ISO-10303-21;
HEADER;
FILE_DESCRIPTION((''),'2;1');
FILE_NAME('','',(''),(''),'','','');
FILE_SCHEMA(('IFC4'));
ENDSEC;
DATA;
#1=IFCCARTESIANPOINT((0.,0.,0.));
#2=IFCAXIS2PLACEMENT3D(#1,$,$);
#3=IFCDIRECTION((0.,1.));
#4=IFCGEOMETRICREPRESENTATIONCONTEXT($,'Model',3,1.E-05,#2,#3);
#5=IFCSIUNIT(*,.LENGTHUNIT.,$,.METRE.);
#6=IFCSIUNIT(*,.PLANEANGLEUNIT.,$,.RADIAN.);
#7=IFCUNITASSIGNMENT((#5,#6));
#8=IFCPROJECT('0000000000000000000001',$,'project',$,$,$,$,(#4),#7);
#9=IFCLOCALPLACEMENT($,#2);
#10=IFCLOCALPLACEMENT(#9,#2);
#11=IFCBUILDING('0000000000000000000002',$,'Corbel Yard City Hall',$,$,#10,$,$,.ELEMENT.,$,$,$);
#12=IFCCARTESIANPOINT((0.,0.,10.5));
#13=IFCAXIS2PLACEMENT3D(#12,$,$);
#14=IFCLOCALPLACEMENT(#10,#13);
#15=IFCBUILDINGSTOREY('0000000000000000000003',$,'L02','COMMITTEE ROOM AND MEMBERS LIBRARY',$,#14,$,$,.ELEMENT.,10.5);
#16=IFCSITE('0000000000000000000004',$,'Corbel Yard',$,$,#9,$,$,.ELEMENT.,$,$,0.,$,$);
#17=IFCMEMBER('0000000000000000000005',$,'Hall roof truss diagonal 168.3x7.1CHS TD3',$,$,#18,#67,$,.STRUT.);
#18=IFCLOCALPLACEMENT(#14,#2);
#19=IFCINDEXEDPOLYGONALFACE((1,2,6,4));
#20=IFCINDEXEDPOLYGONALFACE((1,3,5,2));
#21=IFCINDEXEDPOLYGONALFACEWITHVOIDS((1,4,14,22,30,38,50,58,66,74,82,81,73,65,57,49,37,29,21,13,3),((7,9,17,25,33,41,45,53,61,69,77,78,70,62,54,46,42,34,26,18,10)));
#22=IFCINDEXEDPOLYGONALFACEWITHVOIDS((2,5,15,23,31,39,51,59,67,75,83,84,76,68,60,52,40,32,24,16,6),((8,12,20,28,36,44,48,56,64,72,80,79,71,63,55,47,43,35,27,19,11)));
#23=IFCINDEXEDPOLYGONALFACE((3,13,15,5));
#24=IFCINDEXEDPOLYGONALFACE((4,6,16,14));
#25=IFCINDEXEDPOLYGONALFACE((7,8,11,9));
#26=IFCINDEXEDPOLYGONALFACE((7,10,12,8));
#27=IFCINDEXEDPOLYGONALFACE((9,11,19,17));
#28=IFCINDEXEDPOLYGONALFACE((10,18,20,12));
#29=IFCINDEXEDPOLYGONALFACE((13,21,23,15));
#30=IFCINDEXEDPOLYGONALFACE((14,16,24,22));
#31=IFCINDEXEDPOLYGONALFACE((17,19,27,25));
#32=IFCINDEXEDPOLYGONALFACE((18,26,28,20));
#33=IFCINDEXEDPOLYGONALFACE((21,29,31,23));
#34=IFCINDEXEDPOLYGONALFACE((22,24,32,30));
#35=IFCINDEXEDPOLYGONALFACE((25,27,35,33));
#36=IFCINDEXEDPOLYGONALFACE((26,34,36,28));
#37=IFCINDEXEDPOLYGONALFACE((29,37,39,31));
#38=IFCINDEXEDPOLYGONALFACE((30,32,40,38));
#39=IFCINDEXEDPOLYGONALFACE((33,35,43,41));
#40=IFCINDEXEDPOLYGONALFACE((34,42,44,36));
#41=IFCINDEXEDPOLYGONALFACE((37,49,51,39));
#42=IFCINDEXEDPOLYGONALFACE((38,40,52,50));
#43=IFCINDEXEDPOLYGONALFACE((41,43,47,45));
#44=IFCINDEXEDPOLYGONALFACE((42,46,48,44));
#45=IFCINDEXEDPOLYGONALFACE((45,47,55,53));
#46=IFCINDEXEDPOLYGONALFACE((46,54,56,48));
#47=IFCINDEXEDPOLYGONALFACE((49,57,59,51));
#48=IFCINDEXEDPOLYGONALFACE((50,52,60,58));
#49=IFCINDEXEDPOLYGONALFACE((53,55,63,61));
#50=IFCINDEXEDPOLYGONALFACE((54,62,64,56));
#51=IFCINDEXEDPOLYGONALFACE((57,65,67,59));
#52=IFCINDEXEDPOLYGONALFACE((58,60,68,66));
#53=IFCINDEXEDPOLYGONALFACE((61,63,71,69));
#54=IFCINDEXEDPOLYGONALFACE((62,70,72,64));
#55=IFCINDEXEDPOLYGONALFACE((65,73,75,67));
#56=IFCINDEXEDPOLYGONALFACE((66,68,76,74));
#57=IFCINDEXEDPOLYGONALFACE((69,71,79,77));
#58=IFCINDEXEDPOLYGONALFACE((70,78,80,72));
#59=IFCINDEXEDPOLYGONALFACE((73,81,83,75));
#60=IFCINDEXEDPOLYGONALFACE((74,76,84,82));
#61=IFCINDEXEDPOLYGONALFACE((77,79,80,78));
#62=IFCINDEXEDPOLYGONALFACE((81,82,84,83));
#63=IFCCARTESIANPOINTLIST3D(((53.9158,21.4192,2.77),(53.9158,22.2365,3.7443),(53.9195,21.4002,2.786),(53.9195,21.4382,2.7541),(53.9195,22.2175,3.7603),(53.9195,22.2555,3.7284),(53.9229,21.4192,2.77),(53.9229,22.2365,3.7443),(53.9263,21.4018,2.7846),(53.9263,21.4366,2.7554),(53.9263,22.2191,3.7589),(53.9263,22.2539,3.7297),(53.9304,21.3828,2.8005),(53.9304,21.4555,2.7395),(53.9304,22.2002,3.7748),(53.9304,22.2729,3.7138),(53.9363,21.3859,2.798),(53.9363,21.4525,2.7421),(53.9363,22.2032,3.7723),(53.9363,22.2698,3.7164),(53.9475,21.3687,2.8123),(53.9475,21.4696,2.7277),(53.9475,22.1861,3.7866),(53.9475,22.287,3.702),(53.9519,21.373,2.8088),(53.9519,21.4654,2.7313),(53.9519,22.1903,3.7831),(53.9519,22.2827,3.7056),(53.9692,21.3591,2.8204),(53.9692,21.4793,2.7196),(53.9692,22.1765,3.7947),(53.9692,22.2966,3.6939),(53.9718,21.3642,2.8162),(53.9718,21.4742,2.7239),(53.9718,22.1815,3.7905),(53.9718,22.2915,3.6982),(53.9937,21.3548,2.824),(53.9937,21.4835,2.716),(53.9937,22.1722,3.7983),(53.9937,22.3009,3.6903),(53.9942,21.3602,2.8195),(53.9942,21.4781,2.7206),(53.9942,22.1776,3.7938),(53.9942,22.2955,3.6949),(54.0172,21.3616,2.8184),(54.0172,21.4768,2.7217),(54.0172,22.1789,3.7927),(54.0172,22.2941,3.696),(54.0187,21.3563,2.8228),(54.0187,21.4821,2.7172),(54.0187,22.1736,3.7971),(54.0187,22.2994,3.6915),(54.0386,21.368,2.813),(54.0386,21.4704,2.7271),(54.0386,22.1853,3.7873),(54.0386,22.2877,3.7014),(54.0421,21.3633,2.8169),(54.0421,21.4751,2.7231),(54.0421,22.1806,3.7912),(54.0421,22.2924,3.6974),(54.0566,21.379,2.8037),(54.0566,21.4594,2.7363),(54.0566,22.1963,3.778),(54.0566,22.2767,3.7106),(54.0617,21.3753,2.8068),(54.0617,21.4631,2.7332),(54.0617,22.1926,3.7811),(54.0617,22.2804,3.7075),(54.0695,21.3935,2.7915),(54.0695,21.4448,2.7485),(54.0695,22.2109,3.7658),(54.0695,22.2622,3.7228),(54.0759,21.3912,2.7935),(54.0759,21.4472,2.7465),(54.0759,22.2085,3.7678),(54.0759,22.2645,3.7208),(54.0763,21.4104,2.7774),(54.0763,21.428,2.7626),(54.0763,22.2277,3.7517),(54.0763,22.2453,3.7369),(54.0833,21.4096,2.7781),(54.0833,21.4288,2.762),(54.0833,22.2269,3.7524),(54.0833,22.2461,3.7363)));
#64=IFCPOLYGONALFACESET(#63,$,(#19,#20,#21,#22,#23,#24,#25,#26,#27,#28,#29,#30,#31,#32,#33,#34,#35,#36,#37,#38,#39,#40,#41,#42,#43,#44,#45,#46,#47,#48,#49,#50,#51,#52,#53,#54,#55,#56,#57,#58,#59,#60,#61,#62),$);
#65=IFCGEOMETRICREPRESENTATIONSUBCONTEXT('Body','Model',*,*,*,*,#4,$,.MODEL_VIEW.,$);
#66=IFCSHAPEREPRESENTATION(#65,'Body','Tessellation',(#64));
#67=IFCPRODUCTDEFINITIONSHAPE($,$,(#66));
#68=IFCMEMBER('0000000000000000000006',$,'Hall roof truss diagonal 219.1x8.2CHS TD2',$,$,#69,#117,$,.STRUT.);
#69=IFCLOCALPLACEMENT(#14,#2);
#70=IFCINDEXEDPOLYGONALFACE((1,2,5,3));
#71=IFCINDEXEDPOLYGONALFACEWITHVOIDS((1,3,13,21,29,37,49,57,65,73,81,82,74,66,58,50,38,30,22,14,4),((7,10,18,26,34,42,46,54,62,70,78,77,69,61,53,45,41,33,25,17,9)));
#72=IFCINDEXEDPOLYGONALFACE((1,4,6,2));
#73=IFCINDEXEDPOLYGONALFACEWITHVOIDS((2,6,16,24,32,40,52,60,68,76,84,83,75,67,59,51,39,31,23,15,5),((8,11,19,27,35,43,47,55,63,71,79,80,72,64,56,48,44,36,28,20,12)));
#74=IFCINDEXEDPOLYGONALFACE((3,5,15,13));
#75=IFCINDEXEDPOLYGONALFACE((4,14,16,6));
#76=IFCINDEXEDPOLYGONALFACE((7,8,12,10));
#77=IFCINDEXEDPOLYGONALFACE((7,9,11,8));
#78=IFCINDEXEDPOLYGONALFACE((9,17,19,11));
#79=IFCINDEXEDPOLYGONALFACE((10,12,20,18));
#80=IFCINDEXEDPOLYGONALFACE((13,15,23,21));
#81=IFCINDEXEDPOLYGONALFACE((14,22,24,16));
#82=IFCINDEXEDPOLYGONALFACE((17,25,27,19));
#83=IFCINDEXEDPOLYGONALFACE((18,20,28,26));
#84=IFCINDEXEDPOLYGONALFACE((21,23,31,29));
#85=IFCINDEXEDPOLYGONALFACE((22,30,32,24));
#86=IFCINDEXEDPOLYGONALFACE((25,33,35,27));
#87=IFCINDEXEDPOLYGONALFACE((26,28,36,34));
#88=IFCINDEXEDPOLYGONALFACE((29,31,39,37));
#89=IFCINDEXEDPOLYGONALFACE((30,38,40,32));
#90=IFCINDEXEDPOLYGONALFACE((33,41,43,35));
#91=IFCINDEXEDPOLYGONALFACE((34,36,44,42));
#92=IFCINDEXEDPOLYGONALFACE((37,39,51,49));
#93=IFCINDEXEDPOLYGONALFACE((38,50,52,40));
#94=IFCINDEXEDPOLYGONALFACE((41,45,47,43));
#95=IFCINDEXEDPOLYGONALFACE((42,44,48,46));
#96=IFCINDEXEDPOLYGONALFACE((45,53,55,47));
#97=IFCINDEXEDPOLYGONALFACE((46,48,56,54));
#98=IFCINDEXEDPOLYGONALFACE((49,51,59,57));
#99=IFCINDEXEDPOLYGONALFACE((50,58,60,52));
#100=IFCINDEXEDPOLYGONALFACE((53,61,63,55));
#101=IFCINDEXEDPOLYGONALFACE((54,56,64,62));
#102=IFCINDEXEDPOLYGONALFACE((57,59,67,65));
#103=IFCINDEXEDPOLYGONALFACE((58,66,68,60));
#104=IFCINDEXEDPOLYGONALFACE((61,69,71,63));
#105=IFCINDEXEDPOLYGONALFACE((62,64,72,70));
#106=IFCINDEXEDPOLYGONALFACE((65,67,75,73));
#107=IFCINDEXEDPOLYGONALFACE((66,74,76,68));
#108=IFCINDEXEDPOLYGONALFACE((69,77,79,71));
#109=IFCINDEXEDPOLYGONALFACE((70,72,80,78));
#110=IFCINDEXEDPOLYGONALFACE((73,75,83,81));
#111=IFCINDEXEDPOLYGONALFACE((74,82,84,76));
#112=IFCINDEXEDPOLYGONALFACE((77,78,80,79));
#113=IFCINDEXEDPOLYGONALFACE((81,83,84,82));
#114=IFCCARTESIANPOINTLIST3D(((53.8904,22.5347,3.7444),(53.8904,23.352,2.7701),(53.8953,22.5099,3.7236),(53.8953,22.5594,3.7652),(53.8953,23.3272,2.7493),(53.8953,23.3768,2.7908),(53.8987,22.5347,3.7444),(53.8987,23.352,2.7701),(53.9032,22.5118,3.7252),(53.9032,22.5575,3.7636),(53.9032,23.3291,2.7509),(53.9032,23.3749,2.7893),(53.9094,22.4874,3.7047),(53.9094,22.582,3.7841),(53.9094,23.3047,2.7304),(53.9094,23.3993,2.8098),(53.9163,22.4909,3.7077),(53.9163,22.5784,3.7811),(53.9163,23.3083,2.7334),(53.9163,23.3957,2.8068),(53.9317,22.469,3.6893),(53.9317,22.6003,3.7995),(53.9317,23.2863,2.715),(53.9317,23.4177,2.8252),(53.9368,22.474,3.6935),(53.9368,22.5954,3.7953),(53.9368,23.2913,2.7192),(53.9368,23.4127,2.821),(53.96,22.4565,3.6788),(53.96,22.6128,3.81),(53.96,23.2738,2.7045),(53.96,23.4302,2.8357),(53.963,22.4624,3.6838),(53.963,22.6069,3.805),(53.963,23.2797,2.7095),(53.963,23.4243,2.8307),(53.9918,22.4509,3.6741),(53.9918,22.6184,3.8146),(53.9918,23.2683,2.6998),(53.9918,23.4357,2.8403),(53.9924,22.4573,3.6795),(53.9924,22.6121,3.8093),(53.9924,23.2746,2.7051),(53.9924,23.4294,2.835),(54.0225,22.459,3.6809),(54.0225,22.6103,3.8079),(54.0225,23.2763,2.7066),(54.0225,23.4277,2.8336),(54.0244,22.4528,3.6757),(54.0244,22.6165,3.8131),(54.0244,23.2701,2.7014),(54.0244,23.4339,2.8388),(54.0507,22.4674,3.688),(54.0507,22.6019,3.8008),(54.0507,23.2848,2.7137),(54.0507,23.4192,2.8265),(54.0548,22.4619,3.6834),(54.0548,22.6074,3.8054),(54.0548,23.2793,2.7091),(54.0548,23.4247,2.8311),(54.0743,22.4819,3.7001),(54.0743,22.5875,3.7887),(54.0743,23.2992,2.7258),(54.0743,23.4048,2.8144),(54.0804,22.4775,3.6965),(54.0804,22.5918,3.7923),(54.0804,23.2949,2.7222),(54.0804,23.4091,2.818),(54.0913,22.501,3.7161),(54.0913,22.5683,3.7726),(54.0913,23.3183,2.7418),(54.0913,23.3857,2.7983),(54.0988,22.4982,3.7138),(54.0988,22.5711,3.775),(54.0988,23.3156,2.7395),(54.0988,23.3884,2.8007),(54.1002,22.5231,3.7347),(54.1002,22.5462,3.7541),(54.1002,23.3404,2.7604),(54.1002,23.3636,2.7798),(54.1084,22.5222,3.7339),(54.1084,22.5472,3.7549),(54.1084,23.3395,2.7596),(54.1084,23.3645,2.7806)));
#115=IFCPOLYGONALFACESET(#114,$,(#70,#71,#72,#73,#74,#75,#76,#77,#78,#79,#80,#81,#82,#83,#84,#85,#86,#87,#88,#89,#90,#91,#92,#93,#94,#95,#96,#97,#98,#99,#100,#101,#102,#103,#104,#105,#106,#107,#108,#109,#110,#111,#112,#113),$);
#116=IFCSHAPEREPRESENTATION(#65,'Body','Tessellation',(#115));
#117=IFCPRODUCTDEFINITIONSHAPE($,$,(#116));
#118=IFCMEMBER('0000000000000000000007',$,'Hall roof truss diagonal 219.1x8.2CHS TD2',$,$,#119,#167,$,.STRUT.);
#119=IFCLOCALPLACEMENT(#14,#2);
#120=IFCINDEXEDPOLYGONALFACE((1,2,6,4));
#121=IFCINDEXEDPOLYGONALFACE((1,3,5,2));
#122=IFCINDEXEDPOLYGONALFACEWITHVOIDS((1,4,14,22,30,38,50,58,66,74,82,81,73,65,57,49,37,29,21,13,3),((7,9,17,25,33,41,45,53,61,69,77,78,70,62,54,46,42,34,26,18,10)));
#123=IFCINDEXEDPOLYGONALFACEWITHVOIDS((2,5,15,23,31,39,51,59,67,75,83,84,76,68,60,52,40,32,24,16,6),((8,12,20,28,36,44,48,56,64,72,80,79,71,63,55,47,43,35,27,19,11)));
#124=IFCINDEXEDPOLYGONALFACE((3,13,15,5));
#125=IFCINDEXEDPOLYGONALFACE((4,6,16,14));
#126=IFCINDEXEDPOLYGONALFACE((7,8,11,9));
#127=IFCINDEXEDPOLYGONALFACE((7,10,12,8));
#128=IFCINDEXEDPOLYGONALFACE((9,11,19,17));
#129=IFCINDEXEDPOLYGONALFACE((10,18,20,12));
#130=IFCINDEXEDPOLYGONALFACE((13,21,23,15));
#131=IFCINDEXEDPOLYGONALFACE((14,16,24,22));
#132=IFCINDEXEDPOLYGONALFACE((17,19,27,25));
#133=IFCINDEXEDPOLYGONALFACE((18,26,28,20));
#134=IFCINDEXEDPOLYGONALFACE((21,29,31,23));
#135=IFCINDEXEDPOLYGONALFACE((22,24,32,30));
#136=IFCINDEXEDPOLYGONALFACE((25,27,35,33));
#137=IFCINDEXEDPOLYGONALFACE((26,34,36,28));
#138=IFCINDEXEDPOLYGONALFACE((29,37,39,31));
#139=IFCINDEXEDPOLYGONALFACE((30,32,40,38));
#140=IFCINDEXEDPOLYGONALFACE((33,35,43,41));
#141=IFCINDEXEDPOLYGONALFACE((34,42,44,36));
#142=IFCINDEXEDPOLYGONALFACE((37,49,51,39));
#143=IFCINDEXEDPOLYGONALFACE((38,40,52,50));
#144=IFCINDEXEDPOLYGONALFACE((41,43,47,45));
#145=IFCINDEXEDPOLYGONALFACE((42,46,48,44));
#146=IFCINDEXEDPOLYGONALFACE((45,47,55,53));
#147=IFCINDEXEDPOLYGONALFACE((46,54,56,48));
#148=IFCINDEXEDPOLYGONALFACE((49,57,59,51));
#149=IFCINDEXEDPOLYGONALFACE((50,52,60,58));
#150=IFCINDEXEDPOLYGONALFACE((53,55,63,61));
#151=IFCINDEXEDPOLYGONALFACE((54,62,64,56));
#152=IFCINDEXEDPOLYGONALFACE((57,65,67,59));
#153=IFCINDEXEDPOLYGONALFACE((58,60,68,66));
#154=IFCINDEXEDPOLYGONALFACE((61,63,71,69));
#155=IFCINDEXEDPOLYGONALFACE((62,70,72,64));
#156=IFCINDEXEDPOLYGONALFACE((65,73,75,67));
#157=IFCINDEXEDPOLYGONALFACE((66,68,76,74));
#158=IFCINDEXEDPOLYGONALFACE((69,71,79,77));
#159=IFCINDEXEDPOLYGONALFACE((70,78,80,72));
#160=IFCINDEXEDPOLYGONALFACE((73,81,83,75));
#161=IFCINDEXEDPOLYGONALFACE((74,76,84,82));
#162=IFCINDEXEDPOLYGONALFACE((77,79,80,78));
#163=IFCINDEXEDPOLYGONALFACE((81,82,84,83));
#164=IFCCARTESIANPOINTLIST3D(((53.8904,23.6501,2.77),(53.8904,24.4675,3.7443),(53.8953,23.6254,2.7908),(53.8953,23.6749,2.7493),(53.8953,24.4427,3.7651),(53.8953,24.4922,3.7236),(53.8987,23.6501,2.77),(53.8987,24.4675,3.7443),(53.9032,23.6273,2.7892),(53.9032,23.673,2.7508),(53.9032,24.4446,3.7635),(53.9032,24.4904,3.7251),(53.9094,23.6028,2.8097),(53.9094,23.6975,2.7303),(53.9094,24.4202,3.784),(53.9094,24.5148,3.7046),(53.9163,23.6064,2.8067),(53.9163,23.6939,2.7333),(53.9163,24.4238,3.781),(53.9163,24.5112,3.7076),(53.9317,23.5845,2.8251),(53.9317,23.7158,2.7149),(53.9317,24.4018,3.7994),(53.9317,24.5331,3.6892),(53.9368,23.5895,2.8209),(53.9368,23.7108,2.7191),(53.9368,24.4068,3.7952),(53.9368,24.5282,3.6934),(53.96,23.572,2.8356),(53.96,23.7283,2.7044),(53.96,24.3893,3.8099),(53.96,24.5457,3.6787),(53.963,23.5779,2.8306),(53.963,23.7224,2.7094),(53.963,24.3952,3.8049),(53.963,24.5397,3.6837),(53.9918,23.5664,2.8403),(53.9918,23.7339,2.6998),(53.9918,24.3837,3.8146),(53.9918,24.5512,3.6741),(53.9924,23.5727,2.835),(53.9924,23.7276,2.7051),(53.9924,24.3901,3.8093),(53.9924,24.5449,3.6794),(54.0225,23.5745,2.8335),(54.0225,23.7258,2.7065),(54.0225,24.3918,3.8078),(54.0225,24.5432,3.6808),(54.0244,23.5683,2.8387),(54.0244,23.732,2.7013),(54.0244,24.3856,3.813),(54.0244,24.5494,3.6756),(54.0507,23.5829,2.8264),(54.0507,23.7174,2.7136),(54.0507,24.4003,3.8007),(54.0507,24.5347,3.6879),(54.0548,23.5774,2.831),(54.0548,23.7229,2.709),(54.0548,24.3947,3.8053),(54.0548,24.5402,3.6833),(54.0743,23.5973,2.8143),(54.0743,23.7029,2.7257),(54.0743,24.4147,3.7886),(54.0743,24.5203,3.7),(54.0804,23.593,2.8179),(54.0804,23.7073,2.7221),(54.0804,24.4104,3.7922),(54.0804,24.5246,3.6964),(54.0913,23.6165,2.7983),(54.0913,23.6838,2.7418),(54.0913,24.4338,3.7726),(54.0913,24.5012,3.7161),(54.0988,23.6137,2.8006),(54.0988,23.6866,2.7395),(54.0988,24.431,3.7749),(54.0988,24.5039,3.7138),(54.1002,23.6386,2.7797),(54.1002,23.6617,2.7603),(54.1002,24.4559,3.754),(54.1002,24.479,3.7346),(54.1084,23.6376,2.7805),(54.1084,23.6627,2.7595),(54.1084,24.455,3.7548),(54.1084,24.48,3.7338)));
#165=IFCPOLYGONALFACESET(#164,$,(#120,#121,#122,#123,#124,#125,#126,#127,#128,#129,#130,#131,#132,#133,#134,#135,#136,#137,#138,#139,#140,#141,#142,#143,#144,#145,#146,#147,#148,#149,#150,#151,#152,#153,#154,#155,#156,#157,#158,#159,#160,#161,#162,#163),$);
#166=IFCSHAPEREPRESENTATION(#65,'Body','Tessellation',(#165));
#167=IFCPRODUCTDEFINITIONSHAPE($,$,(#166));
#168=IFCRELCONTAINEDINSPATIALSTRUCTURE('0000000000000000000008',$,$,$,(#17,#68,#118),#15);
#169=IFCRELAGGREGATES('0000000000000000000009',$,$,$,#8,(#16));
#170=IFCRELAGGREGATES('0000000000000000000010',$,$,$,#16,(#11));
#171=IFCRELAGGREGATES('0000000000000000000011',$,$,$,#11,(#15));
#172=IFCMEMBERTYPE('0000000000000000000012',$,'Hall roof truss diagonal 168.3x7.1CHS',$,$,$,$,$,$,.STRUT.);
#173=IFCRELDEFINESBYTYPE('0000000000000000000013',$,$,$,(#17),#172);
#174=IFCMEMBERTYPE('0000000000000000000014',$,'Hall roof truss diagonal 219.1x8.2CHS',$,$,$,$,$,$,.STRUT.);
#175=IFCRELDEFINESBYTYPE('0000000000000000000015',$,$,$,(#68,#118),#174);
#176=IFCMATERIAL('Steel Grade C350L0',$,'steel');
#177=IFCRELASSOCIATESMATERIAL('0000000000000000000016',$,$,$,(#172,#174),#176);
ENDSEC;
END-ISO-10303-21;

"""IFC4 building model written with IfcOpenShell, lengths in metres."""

from ifc_helpers import new_model, si_unit, direction, frame, origin, origin_2d, place, context, subcontext, project, spatial, hollow_circle, extrude, material, material_profile, profile_set, type_object, element, save


model = new_model("IFC4")

# Units and contexts
model_context = context("Model", 3, precision=1e-05, world=origin(), true_north=direction((0.0, 1.0)))
body_context = subcontext(model_context, "Body", "Model", "MODEL_VIEW")
ifc_project = project(units=[si_unit("LENGTHUNIT", "METRE"), si_unit("PLANEANGLEUNIT", "RADIAN")], contexts=[model_context])

# Site, building, storey
site_placement = place(None, origin())
site = spatial("IfcSite", under=ifc_project, at=site_placement, Name="Corbel Yard", CompositionType="ELEMENT", RefElevation=0.0)
building_placement = place(site_placement, origin())
building = spatial("IfcBuilding", under=site, at=building_placement, Name="Corbel Yard City Hall", CompositionType="ELEMENT")
storey_placement = place(building_placement, frame((0.0, 0.0, 10.5)))
storey = spatial("IfcBuildingStorey", under=building, at=storey_placement, Name="L02", Description="COMMITTEE ROOM AND MEMBERS LIBRARY", CompositionType="ELEMENT", Elevation=10.5)

# Members
ifc_material_1 = material(Name="Steel Grade C350L0", Category="steel")
ifc_material_profile_1 = material_profile(ifc_material_1, hollow_circle(Radius=0.0842, WallThickness=0.0071, at=origin_2d()), Name="168.3x7.1CHS")
ifc_profile_set_1 = profile_set([ifc_material_profile_1], Name="Steel Grade C350L0")
member_type_1 = type_object("IfcMemberType", Name="Hall roof truss diagonal 168.3x7.1CHS", PredefinedType="STRUT", material=ifc_profile_set_1)
for number, where, z_axis, x_axis, name in (
    (1, (54.0, 21.4192, 2.77), (0.0, 0.642692, 0.766124), (-1.0, 0.0, 0.0), "Hall roof truss diagonal 168.3x7.1CHS TD3"),
):
    element("IfcMember", number, at=place(storey_placement, frame(where, z_axis=z_axis, x_axis=x_axis)), inside=storey, type_object=member_type_1, Name=name, PredefinedType="STRUT", context=body_context, shape_type="SweptSolid", body=[
        extrude(hollow_circle(Radius=0.0842, WallThickness=0.0071, at=origin_2d()), origin(), (0.0, 0.0, 1.0), 1.2717),
    ])
ifc_material_profile_2 = material_profile(ifc_material_1, hollow_circle(Radius=0.1096, WallThickness=0.0083, at=origin_2d()), Name="219.1x8.2CHS")
ifc_profile_set_2 = profile_set([ifc_material_profile_2], Name="Steel Grade C350L0")
member_type_2 = type_object("IfcMemberType", Name="Hall roof truss diagonal 219.1x8.2CHS", PredefinedType="STRUT", material=ifc_profile_set_2)
for number, where, z_axis, x_axis, name in (
    (2, (54.0, 22.5347, 3.7444), (0.0, 0.642692, -0.766124), (-1.0, 0.0, 0.0), "Hall roof truss diagonal 219.1x8.2CHS TD2"),
    (3, (54.0, 23.6501, 2.77), (0.0, 0.642692, 0.766124), (-1.0, 0.0, 0.0), "Hall roof truss diagonal 219.1x8.2CHS TD2"),
):
    element("IfcMember", number, at=place(storey_placement, frame(where, z_axis=z_axis, x_axis=x_axis)), inside=storey, type_object=member_type_2, Name=name, PredefinedType="STRUT", context=body_context, shape_type="SweptSolid", body=[
        extrude(hollow_circle(Radius=0.1096, WallThickness=0.0083, at=origin_2d()), origin(), (0.0, 0.0, 1.0), 1.2717),
    ])

save(model, "model.ifc")
